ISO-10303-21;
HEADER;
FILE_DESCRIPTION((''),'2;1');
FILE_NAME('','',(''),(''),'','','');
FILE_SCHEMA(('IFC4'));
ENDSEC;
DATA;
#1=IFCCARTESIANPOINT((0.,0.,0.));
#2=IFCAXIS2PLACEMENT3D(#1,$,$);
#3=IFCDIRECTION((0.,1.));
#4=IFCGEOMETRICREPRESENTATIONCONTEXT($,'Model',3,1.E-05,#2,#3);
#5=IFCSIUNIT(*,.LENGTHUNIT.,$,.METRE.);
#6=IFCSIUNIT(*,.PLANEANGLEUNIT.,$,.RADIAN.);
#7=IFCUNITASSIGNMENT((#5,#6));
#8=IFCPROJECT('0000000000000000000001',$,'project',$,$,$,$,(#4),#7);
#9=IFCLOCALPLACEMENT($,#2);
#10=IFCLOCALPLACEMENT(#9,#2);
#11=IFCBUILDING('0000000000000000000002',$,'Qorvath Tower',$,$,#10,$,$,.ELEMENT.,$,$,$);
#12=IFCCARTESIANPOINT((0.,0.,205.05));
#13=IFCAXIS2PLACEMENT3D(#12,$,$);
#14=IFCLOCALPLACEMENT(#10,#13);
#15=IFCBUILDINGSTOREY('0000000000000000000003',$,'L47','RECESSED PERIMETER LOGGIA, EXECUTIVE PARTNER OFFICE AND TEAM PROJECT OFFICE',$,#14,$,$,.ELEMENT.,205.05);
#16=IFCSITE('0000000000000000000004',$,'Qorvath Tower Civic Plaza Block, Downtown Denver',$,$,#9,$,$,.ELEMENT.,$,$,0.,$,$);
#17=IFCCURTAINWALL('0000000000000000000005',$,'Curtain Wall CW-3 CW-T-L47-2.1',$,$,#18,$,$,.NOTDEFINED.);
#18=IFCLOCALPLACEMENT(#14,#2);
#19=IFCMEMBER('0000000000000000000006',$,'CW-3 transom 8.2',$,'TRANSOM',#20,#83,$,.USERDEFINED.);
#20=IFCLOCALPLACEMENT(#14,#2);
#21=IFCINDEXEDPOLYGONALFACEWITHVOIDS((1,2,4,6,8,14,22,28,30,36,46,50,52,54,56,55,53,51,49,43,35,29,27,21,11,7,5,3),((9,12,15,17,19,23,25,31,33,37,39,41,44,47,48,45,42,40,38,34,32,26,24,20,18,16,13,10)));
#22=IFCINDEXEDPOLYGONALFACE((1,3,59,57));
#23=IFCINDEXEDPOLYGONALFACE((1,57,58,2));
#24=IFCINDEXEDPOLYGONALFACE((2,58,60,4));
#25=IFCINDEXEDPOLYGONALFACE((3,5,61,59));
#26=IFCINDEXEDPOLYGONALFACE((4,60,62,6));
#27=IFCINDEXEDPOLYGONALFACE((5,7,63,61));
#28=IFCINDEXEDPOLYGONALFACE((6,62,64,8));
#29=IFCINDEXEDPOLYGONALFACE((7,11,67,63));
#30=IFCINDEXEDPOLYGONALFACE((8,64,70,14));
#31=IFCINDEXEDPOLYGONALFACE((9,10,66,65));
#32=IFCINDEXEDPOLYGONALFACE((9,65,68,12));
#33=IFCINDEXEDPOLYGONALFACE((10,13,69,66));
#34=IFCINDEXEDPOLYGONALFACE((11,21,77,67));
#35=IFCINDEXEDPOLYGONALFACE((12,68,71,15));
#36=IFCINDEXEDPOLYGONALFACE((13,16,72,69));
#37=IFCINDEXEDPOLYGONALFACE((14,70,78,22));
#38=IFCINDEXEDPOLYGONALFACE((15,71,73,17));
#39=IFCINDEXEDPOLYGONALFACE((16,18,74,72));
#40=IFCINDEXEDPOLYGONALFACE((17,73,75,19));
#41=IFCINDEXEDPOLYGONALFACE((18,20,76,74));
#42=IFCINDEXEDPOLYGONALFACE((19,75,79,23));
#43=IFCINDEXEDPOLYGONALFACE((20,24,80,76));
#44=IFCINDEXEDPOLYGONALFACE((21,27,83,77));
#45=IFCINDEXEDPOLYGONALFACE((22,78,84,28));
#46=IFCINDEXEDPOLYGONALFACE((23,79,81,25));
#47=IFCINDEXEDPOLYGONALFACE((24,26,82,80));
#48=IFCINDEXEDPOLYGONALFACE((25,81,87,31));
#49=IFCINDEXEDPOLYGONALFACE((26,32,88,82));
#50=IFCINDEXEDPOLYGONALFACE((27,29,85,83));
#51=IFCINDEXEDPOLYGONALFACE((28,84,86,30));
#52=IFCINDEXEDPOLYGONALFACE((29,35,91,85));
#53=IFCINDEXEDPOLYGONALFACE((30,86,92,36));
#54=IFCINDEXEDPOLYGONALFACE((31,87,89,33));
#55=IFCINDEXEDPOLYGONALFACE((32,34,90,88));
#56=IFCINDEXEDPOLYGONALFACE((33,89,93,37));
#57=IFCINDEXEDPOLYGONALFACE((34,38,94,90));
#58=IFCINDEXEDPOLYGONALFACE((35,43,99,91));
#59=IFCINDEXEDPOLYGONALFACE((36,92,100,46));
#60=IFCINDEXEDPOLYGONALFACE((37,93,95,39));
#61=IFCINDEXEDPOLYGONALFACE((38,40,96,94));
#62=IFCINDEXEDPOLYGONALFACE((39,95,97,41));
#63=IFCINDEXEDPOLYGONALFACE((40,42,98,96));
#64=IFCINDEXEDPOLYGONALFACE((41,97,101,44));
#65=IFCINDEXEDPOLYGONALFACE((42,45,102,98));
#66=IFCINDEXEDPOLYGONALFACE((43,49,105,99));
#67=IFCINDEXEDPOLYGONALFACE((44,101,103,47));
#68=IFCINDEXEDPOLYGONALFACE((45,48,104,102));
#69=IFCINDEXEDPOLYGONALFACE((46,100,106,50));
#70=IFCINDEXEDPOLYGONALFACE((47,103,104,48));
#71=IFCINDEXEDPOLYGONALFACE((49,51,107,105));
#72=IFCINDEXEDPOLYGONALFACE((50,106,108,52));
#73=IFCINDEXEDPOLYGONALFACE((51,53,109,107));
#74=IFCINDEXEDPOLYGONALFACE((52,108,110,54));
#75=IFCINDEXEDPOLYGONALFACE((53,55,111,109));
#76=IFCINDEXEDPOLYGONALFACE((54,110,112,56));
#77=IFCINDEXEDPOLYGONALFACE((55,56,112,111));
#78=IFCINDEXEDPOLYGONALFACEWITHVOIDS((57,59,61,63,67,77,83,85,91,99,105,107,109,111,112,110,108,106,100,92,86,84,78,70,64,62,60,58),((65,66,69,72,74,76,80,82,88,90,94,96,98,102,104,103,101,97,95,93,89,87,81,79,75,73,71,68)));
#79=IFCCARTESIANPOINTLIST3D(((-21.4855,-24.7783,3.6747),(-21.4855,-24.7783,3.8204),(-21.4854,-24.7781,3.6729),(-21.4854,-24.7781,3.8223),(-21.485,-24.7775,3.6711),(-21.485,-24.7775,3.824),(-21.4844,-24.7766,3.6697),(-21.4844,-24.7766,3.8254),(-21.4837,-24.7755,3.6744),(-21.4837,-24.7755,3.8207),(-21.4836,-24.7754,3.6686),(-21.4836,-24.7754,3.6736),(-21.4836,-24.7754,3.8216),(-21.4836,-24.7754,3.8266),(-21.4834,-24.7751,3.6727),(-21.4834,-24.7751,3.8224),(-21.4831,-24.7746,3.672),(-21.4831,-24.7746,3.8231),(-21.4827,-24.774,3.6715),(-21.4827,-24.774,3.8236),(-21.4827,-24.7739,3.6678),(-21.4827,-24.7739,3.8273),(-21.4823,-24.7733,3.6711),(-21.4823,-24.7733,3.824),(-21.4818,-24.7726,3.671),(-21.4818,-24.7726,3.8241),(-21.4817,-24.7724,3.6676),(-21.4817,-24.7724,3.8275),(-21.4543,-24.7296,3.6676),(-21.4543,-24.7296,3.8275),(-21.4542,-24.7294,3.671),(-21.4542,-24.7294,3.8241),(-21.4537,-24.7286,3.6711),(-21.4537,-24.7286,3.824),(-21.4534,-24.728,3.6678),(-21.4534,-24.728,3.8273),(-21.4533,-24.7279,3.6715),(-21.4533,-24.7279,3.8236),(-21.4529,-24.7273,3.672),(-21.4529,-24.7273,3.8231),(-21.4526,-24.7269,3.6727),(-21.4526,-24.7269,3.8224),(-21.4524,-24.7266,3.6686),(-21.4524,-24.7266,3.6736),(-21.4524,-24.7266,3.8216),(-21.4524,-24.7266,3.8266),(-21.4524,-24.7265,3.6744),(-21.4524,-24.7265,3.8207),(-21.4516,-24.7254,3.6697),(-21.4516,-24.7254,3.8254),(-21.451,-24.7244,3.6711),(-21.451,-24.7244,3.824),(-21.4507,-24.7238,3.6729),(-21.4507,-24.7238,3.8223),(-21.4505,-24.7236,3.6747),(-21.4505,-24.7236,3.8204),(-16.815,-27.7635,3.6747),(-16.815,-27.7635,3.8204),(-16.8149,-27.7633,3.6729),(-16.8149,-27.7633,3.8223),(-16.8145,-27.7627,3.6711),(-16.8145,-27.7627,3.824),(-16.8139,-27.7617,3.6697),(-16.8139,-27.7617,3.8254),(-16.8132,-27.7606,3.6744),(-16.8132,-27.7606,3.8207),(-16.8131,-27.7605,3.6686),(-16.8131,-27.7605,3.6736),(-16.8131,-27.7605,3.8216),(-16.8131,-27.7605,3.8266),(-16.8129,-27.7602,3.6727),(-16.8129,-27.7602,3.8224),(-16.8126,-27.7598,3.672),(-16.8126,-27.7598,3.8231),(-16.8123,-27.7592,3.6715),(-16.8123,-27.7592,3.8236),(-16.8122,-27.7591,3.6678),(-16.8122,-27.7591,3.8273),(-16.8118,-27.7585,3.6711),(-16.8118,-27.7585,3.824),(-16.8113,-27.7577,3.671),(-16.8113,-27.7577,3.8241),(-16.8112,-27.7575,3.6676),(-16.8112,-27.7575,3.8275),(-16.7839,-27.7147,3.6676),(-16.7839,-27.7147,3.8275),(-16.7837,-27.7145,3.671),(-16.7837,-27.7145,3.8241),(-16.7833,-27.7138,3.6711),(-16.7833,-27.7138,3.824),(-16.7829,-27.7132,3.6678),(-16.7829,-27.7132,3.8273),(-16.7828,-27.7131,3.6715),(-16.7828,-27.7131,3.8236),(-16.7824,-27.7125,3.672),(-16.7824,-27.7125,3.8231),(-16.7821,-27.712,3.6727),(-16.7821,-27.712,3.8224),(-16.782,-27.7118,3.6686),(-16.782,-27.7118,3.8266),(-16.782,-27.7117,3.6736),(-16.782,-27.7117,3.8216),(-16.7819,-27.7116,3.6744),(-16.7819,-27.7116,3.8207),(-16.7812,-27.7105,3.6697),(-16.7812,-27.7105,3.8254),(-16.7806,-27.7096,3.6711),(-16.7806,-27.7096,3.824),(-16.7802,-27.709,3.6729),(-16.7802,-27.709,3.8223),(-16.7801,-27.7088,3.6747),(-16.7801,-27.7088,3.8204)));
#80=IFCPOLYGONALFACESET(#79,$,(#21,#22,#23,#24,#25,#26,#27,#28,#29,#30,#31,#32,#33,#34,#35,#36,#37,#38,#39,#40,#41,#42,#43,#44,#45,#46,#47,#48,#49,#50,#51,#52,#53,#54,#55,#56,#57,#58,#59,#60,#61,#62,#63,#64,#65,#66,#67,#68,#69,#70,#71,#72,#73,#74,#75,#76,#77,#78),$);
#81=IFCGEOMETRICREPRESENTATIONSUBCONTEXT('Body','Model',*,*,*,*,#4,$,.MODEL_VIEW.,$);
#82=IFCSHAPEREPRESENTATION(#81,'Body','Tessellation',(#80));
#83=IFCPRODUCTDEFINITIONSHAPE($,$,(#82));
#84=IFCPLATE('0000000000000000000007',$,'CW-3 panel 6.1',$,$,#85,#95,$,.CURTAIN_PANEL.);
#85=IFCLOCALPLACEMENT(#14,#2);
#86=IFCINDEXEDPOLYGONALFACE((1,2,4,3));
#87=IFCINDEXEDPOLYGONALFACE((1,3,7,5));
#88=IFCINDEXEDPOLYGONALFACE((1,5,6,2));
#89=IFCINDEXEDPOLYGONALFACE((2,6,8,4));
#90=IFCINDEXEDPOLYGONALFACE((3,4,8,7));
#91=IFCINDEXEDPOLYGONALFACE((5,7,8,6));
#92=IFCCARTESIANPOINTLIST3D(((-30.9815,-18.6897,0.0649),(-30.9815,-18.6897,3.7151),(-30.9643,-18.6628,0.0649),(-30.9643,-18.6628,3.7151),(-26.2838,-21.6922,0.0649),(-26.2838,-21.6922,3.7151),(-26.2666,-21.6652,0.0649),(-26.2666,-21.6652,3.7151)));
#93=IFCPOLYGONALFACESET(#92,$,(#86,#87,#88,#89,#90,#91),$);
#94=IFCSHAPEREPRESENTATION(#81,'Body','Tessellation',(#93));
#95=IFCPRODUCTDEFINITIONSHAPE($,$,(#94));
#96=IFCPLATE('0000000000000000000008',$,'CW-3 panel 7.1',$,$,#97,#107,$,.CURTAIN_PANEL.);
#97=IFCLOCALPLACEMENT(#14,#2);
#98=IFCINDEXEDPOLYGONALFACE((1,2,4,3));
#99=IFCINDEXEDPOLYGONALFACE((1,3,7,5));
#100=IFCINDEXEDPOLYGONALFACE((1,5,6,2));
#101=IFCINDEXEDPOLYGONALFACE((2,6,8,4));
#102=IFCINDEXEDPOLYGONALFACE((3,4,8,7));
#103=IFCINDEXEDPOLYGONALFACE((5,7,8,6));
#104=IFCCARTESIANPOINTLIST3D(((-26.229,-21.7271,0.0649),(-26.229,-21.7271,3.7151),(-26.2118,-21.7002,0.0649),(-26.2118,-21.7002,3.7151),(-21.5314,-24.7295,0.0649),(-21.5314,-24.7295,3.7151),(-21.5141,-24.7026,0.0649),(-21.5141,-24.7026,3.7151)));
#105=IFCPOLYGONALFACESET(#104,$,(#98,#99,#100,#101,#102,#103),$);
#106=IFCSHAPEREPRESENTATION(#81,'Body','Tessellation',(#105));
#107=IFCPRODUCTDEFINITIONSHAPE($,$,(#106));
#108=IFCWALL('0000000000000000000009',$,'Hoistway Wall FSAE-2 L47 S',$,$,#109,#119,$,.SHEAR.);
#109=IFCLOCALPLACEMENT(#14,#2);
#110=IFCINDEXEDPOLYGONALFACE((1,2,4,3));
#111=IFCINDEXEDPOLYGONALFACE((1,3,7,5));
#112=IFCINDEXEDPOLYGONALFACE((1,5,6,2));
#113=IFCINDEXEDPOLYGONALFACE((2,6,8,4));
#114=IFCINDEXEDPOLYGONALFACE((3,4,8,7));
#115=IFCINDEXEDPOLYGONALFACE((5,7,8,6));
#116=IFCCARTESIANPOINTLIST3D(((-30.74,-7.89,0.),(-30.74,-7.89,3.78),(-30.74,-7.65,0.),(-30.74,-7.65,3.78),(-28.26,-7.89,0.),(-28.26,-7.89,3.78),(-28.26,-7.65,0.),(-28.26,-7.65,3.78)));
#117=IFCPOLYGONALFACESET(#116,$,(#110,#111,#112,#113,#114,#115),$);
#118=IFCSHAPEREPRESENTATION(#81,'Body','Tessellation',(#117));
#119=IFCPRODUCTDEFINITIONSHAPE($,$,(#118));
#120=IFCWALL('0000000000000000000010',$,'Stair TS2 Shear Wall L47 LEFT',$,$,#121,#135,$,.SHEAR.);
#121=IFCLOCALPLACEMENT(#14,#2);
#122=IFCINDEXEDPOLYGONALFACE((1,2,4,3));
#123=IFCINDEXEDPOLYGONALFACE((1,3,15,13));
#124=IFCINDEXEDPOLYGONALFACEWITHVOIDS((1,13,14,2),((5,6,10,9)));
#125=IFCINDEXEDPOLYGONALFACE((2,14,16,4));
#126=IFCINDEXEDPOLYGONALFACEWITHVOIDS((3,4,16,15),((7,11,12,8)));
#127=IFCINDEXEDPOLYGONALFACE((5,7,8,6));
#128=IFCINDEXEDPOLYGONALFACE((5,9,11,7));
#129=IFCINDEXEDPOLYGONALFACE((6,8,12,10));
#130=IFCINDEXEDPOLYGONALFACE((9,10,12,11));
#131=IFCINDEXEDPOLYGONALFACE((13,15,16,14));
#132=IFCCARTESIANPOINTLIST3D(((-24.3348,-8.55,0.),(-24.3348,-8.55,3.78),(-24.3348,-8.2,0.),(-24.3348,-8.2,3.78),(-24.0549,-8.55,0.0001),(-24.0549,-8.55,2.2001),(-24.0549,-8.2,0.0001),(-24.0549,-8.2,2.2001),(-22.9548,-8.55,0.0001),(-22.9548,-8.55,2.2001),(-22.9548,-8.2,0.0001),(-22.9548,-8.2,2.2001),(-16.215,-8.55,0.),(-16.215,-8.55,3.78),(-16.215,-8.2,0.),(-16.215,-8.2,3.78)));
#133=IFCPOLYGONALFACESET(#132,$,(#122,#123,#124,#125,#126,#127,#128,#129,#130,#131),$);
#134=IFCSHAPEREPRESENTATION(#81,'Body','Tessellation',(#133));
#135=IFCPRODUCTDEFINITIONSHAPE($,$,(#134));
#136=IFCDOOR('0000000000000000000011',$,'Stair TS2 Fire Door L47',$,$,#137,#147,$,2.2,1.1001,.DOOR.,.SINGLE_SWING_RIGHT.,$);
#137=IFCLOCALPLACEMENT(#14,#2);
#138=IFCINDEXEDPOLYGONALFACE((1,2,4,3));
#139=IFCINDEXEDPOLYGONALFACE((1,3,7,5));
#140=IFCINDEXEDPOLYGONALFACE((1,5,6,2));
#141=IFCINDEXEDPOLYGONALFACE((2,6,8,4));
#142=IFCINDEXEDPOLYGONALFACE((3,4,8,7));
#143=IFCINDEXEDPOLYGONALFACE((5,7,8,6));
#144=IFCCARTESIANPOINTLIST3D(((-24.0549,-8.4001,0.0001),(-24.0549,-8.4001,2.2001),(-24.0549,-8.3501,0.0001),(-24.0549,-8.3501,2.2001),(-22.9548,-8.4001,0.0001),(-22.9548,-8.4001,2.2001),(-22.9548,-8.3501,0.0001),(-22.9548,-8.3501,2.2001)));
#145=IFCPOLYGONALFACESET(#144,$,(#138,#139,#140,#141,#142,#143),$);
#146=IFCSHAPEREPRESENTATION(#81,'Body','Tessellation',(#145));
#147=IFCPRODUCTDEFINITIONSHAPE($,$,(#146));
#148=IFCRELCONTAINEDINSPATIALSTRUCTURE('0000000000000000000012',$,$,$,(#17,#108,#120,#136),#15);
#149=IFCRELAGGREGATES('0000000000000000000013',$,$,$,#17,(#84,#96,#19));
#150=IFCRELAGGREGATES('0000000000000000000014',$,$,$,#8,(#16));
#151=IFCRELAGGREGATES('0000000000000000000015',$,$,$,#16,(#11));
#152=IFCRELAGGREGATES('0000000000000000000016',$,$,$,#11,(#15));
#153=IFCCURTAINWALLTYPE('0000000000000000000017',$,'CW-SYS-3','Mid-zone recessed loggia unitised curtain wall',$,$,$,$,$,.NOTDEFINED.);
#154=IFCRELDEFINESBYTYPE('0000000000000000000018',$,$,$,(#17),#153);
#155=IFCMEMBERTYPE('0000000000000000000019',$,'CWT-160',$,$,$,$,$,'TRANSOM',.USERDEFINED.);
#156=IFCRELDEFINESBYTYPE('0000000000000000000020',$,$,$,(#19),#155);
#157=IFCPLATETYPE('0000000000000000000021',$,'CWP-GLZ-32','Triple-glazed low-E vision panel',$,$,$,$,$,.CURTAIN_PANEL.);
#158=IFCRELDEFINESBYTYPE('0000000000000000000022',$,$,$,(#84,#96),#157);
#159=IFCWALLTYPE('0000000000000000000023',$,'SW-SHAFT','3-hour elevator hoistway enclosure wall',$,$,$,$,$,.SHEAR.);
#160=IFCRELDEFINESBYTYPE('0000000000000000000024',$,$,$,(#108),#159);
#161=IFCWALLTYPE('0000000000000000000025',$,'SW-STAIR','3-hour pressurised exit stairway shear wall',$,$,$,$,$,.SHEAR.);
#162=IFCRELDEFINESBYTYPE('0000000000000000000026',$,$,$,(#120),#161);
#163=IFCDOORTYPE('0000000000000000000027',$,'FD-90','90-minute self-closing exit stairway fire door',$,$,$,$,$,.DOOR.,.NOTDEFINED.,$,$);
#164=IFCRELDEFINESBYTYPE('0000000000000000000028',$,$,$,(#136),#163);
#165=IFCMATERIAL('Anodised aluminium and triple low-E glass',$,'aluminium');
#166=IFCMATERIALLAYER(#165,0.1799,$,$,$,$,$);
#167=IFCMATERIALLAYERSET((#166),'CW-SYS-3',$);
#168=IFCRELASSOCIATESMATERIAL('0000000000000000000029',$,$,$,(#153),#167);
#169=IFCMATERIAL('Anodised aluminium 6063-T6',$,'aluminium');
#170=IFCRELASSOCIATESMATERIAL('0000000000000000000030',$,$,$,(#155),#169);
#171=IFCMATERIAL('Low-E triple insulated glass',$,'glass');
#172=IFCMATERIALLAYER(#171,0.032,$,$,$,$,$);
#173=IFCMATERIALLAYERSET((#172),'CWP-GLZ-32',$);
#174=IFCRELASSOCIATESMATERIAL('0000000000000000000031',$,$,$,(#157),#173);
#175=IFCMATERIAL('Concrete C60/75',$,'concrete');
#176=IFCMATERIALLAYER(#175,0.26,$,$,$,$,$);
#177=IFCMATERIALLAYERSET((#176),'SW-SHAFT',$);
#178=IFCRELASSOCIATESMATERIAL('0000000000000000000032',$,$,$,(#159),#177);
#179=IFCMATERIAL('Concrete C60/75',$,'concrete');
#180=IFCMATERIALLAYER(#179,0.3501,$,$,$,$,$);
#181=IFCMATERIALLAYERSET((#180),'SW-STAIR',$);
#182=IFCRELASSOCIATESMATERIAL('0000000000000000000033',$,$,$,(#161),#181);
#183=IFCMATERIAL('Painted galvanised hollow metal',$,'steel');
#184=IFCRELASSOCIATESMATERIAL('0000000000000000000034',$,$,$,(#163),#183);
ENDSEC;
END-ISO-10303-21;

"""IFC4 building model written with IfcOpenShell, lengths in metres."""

from ifc_helpers import new_model, si_unit, direction, frame, frame_2d, origin, origin_2d, place, context, subcontext, project, spatial, rectangle, hollow_rectangle, extrude, material, layer, layer_set, material_profile, profile_set, type_object, element, fill, aggregate, save


model = new_model("IFC4")

# Units and contexts
model_context = context("Model", 3, precision=1e-05, world=origin(), true_north=direction((0.0, 1.0)))
body_context = subcontext(model_context, "Body", "Model", "MODEL_VIEW")
ifc_project = project(units=[si_unit("LENGTHUNIT", "METRE"), si_unit("PLANEANGLEUNIT", "RADIAN")], contexts=[model_context])

# Site, building, storey
site_placement = place(None, origin())
site = spatial("IfcSite", under=ifc_project, at=site_placement, Name="Qorvath Tower Civic Plaza Block, Downtown Denver", CompositionType="ELEMENT", RefElevation=0.0)
building_placement = place(site_placement, origin())
building = spatial("IfcBuilding", under=site, at=building_placement, Name="Qorvath Tower", CompositionType="ELEMENT")
storey_placement = place(building_placement, frame((0.0, 0.0, 205.05)))
storey = spatial("IfcBuildingStorey", under=building, at=storey_placement, Name="L47", Description="RECESSED PERIMETER LOGGIA, EXECUTIVE PARTNER OFFICE AND TEAM PROJECT OFFICE", CompositionType="ELEMENT", Elevation=205.05)

# Curtain wall, member, plates
ifc_material_1 = material(Name="Anodised aluminium and triple low-E glass", Category="aluminium")
ifc_layer_1 = layer(ifc_material_1, 0.1799)
ifc_layer_set_1 = layer_set([ifc_layer_1], Name="CW-SYS-3")
curtain_wall_type = type_object("IfcCurtainWallType", Name="CW-SYS-3", Description="Mid-zone recessed loggia unitised curtain wall", PredefinedType="NOTDEFINED", material=ifc_layer_set_1)
curtain_wall_placement = place(storey_placement, origin())
curtain_wall = element("IfcCurtainWall", 1, at=curtain_wall_placement, inside=storey, type_object=curtain_wall_type, Name="Curtain Wall CW-3 CW-T-L47-2.1", PredefinedType="NOTDEFINED")
ifc_material_2 = material(Name="Anodised aluminium 6063-T6", Category="aluminium")
ifc_material_profile_1 = material_profile(ifc_material_2, hollow_rectangle(XDim=0.0649, YDim=0.1599, WallThickness=0.0034, InnerFilletRadius=0.0034, OuterFilletRadius=0.0071, at=origin_2d()), Name="CWT 160x65")
ifc_profile_set_1 = profile_set([ifc_material_profile_1], Name="Anodised aluminium 6063-T6")
member_type_1 = type_object("IfcMemberType", Name="CWT-160", ElementType="TRANSOM", PredefinedType="USERDEFINED", material=ifc_profile_set_1)
member_1_placement = place(storey_placement, frame((-21.468, -24.751, 3.7476), z_axis=(0.842595, -0.538547, 0.0), x_axis=(0.538547, 0.842595, 0.0)))
member_1 = element("IfcMember", 2, at=member_1_placement, type_object=member_type_1, Name="CW-3 transom 8.2", ObjectType="TRANSOM", PredefinedType="USERDEFINED", context=body_context, shape_type="SweptSolid", body=[
    extrude(hollow_rectangle(XDim=0.0649, YDim=0.1599, WallThickness=0.0034, InnerFilletRadius=0.0034, OuterFilletRadius=0.0071, at=origin_2d()), origin(), (0.0, 0.0, 1.0), 5.543),
])
ifc_material_3 = material(Name="Low-E triple insulated glass", Category="glass")
ifc_layer_2 = layer(ifc_material_3, 0.032)
ifc_layer_set_2 = layer_set([ifc_layer_2], Name="CWP-GLZ-32")
plate_type = type_object("IfcPlateType", Name="CWP-GLZ-32", Description="Triple-glazed low-E vision panel", PredefinedType="CURTAIN_PANEL", material=ifc_layer_set_2)
plate_1_placement = place(storey_placement, frame((-28.624, -20.1775, 0.0649), z_axis=(0.0, 0.0, 1.0), x_axis=(0.842604, -0.538534, 0.0)))
plate_1 = element("IfcPlate", 3, at=plate_1_placement, type_object=plate_type, Name="CW-3 panel 6.1", PredefinedType="CURTAIN_PANEL", context=body_context, shape_type="SweptSolid", body=[
    extrude(rectangle(XDim=5.5752, YDim=0.032, at=origin_2d()), origin(), (0.0, 0.0, 1.0), 3.6501),
])
plate_2_placement = place(storey_placement, frame((-23.8716, -23.2148, 0.0649), z_axis=(0.0, 0.0, 1.0), x_axis=(0.842604, -0.538534, 0.0)))
plate_2 = element("IfcPlate", 4, at=plate_2_placement, type_object=plate_type, Name="CW-3 panel 7.1", PredefinedType="CURTAIN_PANEL", context=body_context, shape_type="SweptSolid", body=[
    extrude(rectangle(XDim=5.5752, YDim=0.032, at=origin_2d()), origin(), (0.0, 0.0, 1.0), 3.6501),
])
aggregate(curtain_wall, [plate_1, plate_2, member_1])

# Wall
ifc_material_4 = material(Name="Concrete C60/75", Category="concrete")
ifc_layer_3 = layer(ifc_material_4, 0.26)
ifc_layer_set_3 = layer_set([ifc_layer_3], Name="SW-SHAFT")
wall_type_1 = type_object("IfcWallType", Name="SW-SHAFT", Description="3-hour elevator hoistway enclosure wall", PredefinedType="SHEAR", material=ifc_layer_set_3)
wall_1_placement = place(storey_placement, frame((-28.26, -7.77, 0.0), z_axis=(0.0, 0.0, 1.0), x_axis=(-1.0, 0.0, 0.0)))
element("IfcWall", 5, at=wall_1_placement, inside=storey, type_object=wall_type_1, Name="Hoistway Wall FSAE-2 L47 S", PredefinedType="SHEAR", context=body_context, shape_type="SweptSolid", body=[
    extrude(rectangle(XDim=2.48, YDim=0.24, at=frame_2d((1.24, 0.0))), origin(), (0.0, 0.0, 1.0), 3.78),
])

# Wall, opening, door
ifc_material_5 = material(Name="Concrete C60/75", Category="concrete")
ifc_layer_4 = layer(ifc_material_5, 0.3501)
ifc_layer_set_4 = layer_set([ifc_layer_4], Name="SW-STAIR")
wall_type_2 = type_object("IfcWallType", Name="SW-STAIR", Description="3-hour pressurised exit stairway shear wall", PredefinedType="SHEAR", material=ifc_layer_set_4)
wall_2_placement = place(storey_placement, frame((-24.335, -8.375, 0.0), z_axis=(0.0, 0.0, 1.0), x_axis=(1.0, 0.0, 0.0)))
wall_2 = element("IfcWall", 6, at=wall_2_placement, inside=storey, type_object=wall_type_2, Name="Stair TS2 Shear Wall L47 LEFT", PredefinedType="SHEAR", context=body_context, shape_type="SweptSolid", body=[
    extrude(rectangle(XDim=8.1199, YDim=0.3501, at=frame_2d((4.0601, 0.0))), origin(), (0.0, 0.0, 1.0), 3.78),
])
opening_1_placement = place(wall_2_placement, frame((0.28, 0.0, 0.0)))
opening_1 = element("IfcOpeningElement", 7, at=opening_1_placement, cuts=wall_2, PredefinedType="OPENING", context=body_context, shape_type="SweptSolid", body=[
    extrude(rectangle(XDim=1.1001, YDim=2.2, at=frame_2d((0.55, 1.1001))), frame((0.0, 0.1851, 0.0), z_axis=(0.0, -1.0, 0.0), x_axis=(1.0, 0.0, 0.0)), (0.0, 0.0, 1.0), 0.3701),
])
ifc_material_6 = material(Name="Painted galvanised hollow metal", Category="steel")
door_type_1 = type_object("IfcDoorType", Name="FD-90", Description="90-minute self-closing exit stairway fire door", OperationType="NOTDEFINED", PredefinedType="DOOR", material=ifc_material_6)
door_1_placement = place(opening_1_placement, origin())
door_1 = element("IfcDoor", 8, at=door_1_placement, inside=storey, type_object=door_type_1, Name="Stair TS2 Fire Door L47", OperationType="SINGLE_SWING_RIGHT", OverallHeight=2.2, OverallWidth=1.1001, PredefinedType="DOOR", context=body_context, shape_type="SweptSolid", body=[
    extrude(rectangle(XDim=1.1001, YDim=2.2, at=frame_2d((0.55, 1.1001))), frame((0.0, 0.0249, 0.0), z_axis=(0.0, -1.0, 0.0), x_axis=(1.0, 0.0, 0.0)), (0.0, 0.0, 1.0), 0.05),
])
fill(opening_1, door_1)

save(model, "model.ifc")
